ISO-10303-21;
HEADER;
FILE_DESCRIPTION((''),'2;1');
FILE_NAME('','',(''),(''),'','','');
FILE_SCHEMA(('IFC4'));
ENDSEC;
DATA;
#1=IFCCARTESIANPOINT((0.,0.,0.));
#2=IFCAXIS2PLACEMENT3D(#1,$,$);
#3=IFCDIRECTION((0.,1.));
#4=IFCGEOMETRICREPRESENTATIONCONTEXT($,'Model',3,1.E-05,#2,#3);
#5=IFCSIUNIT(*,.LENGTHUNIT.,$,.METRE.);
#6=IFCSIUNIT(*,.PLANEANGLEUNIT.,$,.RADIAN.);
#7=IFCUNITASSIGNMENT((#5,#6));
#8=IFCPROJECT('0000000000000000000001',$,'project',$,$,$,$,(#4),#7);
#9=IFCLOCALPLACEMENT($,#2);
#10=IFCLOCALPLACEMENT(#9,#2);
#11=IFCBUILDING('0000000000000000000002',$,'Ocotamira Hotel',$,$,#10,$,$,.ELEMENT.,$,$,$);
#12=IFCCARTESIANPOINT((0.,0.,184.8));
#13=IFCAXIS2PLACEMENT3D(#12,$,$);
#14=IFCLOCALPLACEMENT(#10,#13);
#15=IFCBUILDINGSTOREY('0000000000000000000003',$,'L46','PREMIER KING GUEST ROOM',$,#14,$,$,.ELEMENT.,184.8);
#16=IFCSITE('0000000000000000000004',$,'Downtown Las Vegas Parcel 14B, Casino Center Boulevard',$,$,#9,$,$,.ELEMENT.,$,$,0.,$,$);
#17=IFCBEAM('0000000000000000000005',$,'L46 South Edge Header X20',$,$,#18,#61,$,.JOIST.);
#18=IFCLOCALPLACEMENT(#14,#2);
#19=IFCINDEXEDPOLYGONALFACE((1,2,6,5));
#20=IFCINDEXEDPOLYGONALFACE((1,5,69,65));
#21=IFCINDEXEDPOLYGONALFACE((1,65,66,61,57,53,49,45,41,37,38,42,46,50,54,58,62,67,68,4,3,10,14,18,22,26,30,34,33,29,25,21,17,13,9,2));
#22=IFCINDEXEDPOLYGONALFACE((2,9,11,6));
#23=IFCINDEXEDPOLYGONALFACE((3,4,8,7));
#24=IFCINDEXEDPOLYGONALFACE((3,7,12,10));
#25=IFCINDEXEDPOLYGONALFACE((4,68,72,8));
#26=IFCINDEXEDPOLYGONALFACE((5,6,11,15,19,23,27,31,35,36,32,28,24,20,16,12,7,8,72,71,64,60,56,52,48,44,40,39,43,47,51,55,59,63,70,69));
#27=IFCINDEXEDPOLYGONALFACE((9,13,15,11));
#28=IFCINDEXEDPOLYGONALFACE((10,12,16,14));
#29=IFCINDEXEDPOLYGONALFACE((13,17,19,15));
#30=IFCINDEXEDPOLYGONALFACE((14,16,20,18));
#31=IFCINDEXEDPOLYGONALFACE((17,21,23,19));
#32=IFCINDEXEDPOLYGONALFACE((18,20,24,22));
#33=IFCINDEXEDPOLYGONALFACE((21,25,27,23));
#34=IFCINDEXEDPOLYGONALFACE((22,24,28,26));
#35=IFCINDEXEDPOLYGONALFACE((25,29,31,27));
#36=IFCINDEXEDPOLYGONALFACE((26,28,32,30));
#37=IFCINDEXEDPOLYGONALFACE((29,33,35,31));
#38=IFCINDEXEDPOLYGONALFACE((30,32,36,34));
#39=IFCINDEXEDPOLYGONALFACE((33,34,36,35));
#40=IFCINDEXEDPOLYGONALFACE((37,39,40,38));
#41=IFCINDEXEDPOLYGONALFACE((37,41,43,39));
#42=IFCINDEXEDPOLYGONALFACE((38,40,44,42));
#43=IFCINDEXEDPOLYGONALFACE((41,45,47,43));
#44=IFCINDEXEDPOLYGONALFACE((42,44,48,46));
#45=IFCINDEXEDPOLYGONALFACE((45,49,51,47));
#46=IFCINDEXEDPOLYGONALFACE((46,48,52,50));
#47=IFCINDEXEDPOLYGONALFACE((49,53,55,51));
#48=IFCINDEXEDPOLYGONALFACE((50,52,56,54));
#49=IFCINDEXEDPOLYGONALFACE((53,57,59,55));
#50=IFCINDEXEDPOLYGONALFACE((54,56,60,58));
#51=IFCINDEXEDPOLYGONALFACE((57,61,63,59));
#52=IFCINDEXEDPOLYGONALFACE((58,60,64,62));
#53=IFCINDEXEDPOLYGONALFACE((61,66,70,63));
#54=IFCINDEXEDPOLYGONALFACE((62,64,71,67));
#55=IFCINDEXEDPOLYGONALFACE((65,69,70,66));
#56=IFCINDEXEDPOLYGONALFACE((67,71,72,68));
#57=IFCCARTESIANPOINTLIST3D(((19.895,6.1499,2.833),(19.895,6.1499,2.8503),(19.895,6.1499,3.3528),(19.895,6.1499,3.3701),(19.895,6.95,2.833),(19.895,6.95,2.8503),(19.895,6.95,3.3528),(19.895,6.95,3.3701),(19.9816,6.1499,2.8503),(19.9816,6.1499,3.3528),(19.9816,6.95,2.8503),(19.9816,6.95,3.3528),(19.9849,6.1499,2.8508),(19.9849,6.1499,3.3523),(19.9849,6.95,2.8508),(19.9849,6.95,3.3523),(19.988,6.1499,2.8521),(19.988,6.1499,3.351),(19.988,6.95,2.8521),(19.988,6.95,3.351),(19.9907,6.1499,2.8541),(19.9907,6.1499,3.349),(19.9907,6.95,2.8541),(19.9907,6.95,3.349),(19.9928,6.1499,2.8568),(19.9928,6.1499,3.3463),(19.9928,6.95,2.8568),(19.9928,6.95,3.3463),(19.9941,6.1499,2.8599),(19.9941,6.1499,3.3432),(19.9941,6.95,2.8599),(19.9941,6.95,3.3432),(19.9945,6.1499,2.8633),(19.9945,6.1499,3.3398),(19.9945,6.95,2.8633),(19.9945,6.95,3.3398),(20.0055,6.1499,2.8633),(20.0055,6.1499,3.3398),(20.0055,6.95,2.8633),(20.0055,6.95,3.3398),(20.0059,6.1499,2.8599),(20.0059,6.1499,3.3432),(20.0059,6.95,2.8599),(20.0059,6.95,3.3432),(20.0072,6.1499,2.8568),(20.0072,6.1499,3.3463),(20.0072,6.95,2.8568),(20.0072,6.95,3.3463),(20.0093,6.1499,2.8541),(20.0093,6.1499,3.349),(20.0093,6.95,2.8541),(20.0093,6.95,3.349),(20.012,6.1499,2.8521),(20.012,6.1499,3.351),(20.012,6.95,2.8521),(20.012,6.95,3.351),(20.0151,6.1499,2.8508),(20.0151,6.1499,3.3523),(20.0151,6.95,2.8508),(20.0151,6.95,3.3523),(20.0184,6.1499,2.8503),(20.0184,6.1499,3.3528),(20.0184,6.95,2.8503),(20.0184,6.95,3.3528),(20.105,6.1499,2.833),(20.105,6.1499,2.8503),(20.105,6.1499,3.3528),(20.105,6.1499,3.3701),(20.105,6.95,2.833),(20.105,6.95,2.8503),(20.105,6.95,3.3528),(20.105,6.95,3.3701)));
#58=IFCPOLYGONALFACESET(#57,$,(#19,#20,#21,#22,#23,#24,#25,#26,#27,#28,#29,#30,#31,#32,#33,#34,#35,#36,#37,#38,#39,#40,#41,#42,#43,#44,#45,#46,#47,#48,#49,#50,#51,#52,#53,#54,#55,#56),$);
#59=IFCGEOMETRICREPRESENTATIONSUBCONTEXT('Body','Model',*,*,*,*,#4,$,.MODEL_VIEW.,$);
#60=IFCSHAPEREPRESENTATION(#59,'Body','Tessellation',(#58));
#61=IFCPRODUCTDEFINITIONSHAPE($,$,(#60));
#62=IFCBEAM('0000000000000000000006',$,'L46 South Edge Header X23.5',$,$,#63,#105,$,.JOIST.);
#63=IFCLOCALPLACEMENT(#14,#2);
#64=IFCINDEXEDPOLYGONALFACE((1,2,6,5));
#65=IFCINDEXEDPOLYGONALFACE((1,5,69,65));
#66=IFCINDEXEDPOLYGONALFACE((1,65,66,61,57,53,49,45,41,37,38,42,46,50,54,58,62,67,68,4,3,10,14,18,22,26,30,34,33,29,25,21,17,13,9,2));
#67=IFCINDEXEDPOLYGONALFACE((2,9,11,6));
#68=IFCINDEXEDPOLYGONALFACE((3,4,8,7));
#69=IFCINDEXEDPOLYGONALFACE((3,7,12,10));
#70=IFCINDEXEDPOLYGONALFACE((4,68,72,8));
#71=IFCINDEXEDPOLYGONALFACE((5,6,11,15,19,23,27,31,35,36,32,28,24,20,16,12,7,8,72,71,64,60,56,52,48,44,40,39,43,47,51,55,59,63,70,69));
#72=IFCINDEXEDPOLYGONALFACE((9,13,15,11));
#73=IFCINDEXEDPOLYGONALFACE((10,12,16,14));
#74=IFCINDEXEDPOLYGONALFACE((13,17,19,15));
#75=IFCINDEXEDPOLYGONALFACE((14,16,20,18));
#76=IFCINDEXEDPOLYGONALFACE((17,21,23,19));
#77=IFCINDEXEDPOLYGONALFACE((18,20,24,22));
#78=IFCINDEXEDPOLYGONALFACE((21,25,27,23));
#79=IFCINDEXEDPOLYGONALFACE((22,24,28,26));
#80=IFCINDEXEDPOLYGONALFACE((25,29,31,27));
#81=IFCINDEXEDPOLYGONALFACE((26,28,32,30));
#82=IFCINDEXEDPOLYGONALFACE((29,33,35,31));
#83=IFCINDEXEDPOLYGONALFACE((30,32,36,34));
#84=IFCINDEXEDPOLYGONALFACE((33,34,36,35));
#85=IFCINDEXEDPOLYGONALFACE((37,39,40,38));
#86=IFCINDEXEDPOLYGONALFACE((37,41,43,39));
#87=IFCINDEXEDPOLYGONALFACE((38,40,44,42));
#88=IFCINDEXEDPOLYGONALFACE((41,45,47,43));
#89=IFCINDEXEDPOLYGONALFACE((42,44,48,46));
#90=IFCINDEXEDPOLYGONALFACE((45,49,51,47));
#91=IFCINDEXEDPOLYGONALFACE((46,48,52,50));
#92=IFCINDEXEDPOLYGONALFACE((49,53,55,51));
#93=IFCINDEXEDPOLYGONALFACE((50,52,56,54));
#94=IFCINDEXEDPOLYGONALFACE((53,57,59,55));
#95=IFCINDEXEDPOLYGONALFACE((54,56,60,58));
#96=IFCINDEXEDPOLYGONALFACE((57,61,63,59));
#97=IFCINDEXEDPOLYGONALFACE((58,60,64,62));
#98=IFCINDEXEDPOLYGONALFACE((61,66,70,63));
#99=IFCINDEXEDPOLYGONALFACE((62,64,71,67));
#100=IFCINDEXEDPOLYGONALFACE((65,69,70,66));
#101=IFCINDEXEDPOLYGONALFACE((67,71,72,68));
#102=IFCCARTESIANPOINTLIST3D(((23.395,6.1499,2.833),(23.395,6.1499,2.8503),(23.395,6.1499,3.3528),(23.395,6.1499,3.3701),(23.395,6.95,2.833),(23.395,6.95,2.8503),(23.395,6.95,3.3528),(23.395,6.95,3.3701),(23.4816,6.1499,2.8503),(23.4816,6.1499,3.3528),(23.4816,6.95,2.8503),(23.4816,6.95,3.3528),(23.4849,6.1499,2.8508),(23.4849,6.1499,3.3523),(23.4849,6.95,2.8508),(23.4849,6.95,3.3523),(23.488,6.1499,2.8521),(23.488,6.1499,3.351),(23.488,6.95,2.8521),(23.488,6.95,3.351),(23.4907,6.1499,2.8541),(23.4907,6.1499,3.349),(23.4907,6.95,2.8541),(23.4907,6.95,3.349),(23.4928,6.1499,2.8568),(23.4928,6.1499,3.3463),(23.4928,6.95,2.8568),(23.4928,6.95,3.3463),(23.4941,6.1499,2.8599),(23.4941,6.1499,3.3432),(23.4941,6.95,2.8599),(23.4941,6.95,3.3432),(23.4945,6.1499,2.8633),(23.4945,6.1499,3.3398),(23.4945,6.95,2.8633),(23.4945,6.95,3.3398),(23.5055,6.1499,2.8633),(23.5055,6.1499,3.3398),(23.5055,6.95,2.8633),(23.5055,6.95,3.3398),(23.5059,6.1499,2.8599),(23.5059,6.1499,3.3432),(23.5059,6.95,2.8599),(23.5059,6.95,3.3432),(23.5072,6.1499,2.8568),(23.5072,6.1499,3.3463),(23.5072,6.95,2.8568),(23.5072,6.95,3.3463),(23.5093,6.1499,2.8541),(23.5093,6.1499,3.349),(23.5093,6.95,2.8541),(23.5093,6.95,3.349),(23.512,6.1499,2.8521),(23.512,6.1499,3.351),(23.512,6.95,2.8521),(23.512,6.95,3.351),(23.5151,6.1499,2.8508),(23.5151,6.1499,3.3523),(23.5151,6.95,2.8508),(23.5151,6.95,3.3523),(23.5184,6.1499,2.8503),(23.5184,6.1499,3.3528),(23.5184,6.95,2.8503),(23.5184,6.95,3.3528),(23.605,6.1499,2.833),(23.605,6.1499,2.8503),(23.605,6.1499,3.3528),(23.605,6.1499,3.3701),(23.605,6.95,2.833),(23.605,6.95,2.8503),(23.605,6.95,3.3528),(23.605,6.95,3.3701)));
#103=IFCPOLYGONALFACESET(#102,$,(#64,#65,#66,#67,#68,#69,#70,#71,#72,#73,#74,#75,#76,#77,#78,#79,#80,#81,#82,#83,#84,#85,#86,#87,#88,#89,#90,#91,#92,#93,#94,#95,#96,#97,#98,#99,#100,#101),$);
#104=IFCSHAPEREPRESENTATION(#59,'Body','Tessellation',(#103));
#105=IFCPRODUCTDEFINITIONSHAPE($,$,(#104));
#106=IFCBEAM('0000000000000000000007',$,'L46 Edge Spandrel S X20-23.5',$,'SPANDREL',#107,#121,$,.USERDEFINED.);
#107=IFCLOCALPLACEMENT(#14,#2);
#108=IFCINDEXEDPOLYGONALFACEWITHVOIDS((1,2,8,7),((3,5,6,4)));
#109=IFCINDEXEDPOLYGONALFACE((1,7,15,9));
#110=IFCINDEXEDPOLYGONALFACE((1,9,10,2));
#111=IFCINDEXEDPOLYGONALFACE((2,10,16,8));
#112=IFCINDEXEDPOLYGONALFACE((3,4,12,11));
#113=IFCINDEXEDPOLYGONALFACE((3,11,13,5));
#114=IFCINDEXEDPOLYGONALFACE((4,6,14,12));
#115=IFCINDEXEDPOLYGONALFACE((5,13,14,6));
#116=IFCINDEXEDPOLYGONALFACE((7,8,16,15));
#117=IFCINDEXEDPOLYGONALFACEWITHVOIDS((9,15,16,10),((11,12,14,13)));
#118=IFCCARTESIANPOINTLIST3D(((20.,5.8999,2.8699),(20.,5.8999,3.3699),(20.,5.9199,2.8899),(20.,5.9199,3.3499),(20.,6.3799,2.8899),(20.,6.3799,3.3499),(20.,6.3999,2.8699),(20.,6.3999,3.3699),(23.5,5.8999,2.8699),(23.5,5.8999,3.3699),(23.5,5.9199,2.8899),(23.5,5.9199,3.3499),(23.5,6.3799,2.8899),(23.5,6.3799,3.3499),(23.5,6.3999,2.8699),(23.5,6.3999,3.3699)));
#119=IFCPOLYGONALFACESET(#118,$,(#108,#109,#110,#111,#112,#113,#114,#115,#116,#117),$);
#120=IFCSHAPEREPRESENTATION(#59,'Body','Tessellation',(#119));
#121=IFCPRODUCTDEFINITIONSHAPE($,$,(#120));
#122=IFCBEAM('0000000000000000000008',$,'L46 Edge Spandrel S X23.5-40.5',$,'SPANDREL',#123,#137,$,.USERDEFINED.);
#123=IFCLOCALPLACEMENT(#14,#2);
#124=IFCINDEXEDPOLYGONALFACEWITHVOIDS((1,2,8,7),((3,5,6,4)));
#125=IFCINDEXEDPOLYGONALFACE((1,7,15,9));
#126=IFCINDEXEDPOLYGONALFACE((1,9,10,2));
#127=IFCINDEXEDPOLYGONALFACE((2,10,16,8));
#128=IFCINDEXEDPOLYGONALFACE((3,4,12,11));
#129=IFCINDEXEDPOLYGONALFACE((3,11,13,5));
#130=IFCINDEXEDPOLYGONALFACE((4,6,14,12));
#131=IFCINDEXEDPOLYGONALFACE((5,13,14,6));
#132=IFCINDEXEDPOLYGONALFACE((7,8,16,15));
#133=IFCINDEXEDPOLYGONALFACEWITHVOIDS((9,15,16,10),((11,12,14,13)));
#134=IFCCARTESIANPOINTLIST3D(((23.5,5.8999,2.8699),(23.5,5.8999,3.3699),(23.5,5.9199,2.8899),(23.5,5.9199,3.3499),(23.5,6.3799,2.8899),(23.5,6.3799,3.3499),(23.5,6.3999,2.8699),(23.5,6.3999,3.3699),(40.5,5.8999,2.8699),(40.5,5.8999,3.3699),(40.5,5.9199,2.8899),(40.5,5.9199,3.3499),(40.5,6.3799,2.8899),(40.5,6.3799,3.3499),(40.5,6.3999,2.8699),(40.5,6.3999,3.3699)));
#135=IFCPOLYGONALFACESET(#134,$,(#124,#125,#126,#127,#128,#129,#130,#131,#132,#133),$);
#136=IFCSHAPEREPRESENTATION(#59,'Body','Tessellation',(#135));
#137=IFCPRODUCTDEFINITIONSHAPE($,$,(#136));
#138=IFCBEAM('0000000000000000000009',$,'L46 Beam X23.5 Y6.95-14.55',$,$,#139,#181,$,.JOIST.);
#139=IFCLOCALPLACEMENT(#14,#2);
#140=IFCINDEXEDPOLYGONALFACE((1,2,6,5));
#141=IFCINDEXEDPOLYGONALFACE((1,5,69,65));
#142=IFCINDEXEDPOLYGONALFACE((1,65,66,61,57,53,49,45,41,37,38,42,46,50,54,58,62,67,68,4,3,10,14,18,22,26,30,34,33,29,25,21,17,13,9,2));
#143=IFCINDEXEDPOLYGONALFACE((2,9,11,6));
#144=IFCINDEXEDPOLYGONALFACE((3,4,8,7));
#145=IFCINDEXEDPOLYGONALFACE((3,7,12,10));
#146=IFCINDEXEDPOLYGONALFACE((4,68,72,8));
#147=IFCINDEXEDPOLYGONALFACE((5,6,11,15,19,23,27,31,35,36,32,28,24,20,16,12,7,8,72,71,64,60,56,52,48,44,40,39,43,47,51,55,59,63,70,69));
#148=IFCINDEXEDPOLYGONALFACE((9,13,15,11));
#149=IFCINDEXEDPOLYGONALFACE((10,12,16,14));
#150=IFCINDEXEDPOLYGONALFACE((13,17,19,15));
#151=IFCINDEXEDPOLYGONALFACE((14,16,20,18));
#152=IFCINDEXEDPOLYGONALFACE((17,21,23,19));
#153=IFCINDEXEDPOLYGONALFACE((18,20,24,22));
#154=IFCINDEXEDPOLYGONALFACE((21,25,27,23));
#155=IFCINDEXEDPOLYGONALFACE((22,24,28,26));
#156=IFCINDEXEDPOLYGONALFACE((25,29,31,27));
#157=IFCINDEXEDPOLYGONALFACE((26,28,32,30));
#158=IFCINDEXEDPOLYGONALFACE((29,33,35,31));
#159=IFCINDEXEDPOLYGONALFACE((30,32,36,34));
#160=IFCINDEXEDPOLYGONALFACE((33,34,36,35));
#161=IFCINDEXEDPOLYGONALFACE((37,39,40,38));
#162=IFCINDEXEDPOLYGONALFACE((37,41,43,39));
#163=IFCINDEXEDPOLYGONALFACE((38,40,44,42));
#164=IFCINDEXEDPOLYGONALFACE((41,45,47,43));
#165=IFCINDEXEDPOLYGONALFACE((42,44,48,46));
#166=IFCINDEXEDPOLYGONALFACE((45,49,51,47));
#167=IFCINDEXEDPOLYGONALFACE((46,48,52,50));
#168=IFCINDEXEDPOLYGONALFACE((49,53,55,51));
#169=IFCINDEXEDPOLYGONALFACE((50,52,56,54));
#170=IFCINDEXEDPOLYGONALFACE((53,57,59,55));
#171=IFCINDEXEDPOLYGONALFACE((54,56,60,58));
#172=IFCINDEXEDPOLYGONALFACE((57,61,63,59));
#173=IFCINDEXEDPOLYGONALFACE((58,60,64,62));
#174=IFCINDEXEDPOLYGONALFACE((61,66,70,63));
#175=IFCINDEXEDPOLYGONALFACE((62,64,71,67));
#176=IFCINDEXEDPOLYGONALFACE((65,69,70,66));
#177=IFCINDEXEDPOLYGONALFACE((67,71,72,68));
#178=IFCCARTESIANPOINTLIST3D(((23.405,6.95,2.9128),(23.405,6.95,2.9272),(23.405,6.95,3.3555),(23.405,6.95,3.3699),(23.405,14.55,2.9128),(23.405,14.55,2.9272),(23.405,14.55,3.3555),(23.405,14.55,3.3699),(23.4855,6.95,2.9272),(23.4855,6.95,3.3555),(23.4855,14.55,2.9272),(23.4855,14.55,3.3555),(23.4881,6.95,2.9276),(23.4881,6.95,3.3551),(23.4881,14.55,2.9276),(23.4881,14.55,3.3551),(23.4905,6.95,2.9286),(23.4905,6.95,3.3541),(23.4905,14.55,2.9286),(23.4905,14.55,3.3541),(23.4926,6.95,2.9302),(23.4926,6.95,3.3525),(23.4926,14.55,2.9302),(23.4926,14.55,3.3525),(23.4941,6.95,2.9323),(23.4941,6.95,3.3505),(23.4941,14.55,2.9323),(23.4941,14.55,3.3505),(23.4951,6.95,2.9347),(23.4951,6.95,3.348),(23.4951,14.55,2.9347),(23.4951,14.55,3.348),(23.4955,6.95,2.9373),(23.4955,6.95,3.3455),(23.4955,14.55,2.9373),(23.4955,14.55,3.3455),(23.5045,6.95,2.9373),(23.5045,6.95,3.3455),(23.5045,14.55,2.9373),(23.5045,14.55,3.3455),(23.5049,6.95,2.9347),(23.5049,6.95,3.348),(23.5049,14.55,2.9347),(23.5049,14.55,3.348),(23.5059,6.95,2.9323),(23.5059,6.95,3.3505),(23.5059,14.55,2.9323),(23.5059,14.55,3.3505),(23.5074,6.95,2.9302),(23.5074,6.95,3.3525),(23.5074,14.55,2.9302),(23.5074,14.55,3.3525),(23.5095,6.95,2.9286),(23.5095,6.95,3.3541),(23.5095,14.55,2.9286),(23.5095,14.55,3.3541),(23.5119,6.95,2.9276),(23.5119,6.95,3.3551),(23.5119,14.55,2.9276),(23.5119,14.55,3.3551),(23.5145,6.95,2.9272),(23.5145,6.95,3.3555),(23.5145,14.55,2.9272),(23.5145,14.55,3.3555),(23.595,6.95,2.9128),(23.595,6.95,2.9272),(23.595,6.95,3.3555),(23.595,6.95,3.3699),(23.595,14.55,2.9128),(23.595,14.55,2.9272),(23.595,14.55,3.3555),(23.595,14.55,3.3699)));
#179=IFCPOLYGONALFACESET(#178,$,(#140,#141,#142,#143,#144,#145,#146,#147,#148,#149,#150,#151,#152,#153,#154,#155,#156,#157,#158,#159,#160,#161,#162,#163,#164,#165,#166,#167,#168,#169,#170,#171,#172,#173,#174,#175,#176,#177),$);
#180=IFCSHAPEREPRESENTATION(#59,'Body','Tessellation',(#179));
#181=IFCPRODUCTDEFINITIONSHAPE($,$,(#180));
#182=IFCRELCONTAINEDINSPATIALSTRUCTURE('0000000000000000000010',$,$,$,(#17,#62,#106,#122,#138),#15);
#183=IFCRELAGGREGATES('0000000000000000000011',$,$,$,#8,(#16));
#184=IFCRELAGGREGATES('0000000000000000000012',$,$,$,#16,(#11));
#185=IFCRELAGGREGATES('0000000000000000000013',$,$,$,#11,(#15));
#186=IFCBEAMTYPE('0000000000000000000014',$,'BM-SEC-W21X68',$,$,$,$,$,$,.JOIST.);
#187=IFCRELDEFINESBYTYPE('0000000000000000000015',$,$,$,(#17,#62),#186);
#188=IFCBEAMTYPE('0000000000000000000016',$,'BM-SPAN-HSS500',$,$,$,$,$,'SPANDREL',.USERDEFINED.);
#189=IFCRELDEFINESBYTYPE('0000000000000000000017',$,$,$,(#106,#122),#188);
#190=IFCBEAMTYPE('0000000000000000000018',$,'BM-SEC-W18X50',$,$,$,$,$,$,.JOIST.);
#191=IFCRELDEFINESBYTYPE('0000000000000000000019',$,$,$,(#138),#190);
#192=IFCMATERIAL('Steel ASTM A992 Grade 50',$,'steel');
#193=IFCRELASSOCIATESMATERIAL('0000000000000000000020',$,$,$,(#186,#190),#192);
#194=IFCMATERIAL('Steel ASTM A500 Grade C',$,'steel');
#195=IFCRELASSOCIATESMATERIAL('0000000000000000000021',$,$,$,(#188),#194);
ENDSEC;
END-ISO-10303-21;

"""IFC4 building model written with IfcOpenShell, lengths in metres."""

from ifc_helpers import new_model, si_unit, direction, frame, origin, origin_2d, place, context, subcontext, project, spatial, hollow_rectangle, i_section, extrude, source, transform, mapped, material, material_profile, profile_set, type_object, element, save


model = new_model("IFC4")

# Units and contexts
model_context = context("Model", 3, precision=1e-05, world=origin(), true_north=direction((0.0, 1.0)))
body_context = subcontext(model_context, "Body", "Model", "MODEL_VIEW")
ifc_project = project(units=[si_unit("LENGTHUNIT", "METRE"), si_unit("PLANEANGLEUNIT", "RADIAN")], contexts=[model_context])

# Site, building, storey
site_placement = place(None, origin())
site = spatial("IfcSite", under=ifc_project, at=site_placement, Name="Downtown Las Vegas Parcel 14B, Casino Center Boulevard", CompositionType="ELEMENT", RefElevation=0.0)
building_placement = place(site_placement, origin())
building = spatial("IfcBuilding", under=site, at=building_placement, Name="Ocotamira Hotel", CompositionType="ELEMENT")
storey_placement = place(building_placement, frame((0.0, 0.0, 184.8)))
storey = spatial("IfcBuildingStorey", under=building, at=storey_placement, Name="L46", Description="PREMIER KING GUEST ROOM", CompositionType="ELEMENT", Elevation=184.8)

# Beams
ifc_material_1 = material(Name="Steel ASTM A992 Grade 50", Category="steel")
ifc_material_profile_1 = material_profile(ifc_material_1, i_section(OverallWidth=0.21, OverallDepth=0.5371, WebThickness=0.011, FlangeThickness=0.0173, FilletRadius=0.0129, at=origin_2d()), Name="W21X68")
ifc_profile_set_1 = profile_set([ifc_material_profile_1], Name="Steel ASTM A992 Grade 50")
beam_type_1 = type_object("IfcBeamType", Name="BM-SEC-W21X68", PredefinedType="JOIST", material=ifc_profile_set_1)
shared_shape_1 = source(origin(), body_context, "Body", "SweptSolid", [
    extrude(i_section(OverallWidth=0.21, OverallDepth=0.5371, WebThickness=0.011, FlangeThickness=0.0173, FilletRadius=0.0129, at=origin_2d()), origin(), (0.0, 0.0, 1.0), 0.8),
])
for number, where, z_axis, x_axis, name in (
    (1, (20.0, 6.95, 3.1016), (0.0, -1.0, 0.0), (1.0, 0.0, 0.0), "L46 South Edge Header X20"),
    (2, (23.5, 6.95, 3.1016), (0.0, -1.0, 0.0), (1.0, 0.0, 0.0), "L46 South Edge Header X23.5"),
):
    element("IfcBeam", number, at=place(storey_placement, frame(where, z_axis=z_axis, x_axis=x_axis)), inside=storey, type_object=beam_type_1, Name=name, PredefinedType="JOIST", context=body_context, shape_type="MappedRepresentation", body=[
        mapped(shared_shape_1, transform((0.0, 0.0, 0.0), scale=1.0)),
    ])
ifc_material_2 = material(Name="Steel ASTM A500 Grade C", Category="steel")
ifc_material_profile_2 = material_profile(ifc_material_2, hollow_rectangle(XDim=0.5, YDim=0.5, WallThickness=0.02, at=origin_2d()), Name="HSS500X500X20")
ifc_profile_set_2 = profile_set([ifc_material_profile_2], Name="Steel ASTM A500 Grade C")
beam_type_2 = type_object("IfcBeamType", Name="BM-SPAN-HSS500", ElementType="SPANDREL", PredefinedType="USERDEFINED", material=ifc_profile_set_2)
shared_shape_2 = source(origin(), body_context, "Body", "SweptSolid", [
    extrude(hollow_rectangle(XDim=0.5, YDim=0.5, WallThickness=0.02, at=origin_2d()), origin(), (0.0, 0.0, 1.0), 3.5),
])
beam_1_placement = place(storey_placement, frame((20.0, 6.1499, 3.1199), z_axis=(1.0, 0.0, 0.0), x_axis=(0.0, 1.0, 0.0)))
element("IfcBeam", 3, at=beam_1_placement, inside=storey, type_object=beam_type_2, Name="L46 Edge Spandrel S X20-23.5", ObjectType="SPANDREL", PredefinedType="USERDEFINED", context=body_context, shape_type="MappedRepresentation", body=[
    mapped(shared_shape_2, transform((0.0, 0.0, 0.0), scale=1.0)),
])
shared_shape_3 = source(origin(), body_context, "Body", "SweptSolid", [
    extrude(hollow_rectangle(XDim=0.5, YDim=0.5, WallThickness=0.02, at=origin_2d()), origin(), (0.0, 0.0, 1.0), 17.0),
])
beam_2_placement = place(storey_placement, frame((23.5, 6.1499, 3.1199), z_axis=(1.0, 0.0, 0.0), x_axis=(0.0, 1.0, 0.0)))
element("IfcBeam", 4, at=beam_2_placement, inside=storey, type_object=beam_type_2, Name="L46 Edge Spandrel S X23.5-40.5", ObjectType="SPANDREL", PredefinedType="USERDEFINED", context=body_context, shape_type="MappedRepresentation", body=[
    mapped(shared_shape_3, transform((0.0, 0.0, 0.0), scale=1.0)),
])
ifc_material_profile_3 = material_profile(ifc_material_1, i_section(OverallWidth=0.1899, OverallDepth=0.457, WebThickness=0.009, FlangeThickness=0.0144, FilletRadius=0.01, at=origin_2d()), Name="W18X50")
ifc_profile_set_3 = profile_set([ifc_material_profile_3], Name="Steel ASTM A992 Grade 50")
beam_type_3 = type_object("IfcBeamType", Name="BM-SEC-W18X50", PredefinedType="JOIST", material=ifc_profile_set_3)
shared_shape_4 = source(origin(), body_context, "Body", "SweptSolid", [
    extrude(i_section(OverallWidth=0.1899, OverallDepth=0.457, WebThickness=0.009, FlangeThickness=0.0144, FilletRadius=0.01, at=origin_2d()), origin(), (0.0, 0.0, 1.0), 7.6001),
])
beam_3_placement = place(storey_placement, frame((23.5, 6.95, 3.1414), z_axis=(0.0, 1.0, 0.0), x_axis=(-1.0, 0.0, 0.0)))
element("IfcBeam", 5, at=beam_3_placement, inside=storey, type_object=beam_type_3, Name="L46 Beam X23.5 Y6.95-14.55", PredefinedType="JOIST", context=body_context, shape_type="MappedRepresentation", body=[
    mapped(shared_shape_4, transform((0.0, 0.0, 0.0), scale=1.0)),
])

save(model, "model.ifc")
